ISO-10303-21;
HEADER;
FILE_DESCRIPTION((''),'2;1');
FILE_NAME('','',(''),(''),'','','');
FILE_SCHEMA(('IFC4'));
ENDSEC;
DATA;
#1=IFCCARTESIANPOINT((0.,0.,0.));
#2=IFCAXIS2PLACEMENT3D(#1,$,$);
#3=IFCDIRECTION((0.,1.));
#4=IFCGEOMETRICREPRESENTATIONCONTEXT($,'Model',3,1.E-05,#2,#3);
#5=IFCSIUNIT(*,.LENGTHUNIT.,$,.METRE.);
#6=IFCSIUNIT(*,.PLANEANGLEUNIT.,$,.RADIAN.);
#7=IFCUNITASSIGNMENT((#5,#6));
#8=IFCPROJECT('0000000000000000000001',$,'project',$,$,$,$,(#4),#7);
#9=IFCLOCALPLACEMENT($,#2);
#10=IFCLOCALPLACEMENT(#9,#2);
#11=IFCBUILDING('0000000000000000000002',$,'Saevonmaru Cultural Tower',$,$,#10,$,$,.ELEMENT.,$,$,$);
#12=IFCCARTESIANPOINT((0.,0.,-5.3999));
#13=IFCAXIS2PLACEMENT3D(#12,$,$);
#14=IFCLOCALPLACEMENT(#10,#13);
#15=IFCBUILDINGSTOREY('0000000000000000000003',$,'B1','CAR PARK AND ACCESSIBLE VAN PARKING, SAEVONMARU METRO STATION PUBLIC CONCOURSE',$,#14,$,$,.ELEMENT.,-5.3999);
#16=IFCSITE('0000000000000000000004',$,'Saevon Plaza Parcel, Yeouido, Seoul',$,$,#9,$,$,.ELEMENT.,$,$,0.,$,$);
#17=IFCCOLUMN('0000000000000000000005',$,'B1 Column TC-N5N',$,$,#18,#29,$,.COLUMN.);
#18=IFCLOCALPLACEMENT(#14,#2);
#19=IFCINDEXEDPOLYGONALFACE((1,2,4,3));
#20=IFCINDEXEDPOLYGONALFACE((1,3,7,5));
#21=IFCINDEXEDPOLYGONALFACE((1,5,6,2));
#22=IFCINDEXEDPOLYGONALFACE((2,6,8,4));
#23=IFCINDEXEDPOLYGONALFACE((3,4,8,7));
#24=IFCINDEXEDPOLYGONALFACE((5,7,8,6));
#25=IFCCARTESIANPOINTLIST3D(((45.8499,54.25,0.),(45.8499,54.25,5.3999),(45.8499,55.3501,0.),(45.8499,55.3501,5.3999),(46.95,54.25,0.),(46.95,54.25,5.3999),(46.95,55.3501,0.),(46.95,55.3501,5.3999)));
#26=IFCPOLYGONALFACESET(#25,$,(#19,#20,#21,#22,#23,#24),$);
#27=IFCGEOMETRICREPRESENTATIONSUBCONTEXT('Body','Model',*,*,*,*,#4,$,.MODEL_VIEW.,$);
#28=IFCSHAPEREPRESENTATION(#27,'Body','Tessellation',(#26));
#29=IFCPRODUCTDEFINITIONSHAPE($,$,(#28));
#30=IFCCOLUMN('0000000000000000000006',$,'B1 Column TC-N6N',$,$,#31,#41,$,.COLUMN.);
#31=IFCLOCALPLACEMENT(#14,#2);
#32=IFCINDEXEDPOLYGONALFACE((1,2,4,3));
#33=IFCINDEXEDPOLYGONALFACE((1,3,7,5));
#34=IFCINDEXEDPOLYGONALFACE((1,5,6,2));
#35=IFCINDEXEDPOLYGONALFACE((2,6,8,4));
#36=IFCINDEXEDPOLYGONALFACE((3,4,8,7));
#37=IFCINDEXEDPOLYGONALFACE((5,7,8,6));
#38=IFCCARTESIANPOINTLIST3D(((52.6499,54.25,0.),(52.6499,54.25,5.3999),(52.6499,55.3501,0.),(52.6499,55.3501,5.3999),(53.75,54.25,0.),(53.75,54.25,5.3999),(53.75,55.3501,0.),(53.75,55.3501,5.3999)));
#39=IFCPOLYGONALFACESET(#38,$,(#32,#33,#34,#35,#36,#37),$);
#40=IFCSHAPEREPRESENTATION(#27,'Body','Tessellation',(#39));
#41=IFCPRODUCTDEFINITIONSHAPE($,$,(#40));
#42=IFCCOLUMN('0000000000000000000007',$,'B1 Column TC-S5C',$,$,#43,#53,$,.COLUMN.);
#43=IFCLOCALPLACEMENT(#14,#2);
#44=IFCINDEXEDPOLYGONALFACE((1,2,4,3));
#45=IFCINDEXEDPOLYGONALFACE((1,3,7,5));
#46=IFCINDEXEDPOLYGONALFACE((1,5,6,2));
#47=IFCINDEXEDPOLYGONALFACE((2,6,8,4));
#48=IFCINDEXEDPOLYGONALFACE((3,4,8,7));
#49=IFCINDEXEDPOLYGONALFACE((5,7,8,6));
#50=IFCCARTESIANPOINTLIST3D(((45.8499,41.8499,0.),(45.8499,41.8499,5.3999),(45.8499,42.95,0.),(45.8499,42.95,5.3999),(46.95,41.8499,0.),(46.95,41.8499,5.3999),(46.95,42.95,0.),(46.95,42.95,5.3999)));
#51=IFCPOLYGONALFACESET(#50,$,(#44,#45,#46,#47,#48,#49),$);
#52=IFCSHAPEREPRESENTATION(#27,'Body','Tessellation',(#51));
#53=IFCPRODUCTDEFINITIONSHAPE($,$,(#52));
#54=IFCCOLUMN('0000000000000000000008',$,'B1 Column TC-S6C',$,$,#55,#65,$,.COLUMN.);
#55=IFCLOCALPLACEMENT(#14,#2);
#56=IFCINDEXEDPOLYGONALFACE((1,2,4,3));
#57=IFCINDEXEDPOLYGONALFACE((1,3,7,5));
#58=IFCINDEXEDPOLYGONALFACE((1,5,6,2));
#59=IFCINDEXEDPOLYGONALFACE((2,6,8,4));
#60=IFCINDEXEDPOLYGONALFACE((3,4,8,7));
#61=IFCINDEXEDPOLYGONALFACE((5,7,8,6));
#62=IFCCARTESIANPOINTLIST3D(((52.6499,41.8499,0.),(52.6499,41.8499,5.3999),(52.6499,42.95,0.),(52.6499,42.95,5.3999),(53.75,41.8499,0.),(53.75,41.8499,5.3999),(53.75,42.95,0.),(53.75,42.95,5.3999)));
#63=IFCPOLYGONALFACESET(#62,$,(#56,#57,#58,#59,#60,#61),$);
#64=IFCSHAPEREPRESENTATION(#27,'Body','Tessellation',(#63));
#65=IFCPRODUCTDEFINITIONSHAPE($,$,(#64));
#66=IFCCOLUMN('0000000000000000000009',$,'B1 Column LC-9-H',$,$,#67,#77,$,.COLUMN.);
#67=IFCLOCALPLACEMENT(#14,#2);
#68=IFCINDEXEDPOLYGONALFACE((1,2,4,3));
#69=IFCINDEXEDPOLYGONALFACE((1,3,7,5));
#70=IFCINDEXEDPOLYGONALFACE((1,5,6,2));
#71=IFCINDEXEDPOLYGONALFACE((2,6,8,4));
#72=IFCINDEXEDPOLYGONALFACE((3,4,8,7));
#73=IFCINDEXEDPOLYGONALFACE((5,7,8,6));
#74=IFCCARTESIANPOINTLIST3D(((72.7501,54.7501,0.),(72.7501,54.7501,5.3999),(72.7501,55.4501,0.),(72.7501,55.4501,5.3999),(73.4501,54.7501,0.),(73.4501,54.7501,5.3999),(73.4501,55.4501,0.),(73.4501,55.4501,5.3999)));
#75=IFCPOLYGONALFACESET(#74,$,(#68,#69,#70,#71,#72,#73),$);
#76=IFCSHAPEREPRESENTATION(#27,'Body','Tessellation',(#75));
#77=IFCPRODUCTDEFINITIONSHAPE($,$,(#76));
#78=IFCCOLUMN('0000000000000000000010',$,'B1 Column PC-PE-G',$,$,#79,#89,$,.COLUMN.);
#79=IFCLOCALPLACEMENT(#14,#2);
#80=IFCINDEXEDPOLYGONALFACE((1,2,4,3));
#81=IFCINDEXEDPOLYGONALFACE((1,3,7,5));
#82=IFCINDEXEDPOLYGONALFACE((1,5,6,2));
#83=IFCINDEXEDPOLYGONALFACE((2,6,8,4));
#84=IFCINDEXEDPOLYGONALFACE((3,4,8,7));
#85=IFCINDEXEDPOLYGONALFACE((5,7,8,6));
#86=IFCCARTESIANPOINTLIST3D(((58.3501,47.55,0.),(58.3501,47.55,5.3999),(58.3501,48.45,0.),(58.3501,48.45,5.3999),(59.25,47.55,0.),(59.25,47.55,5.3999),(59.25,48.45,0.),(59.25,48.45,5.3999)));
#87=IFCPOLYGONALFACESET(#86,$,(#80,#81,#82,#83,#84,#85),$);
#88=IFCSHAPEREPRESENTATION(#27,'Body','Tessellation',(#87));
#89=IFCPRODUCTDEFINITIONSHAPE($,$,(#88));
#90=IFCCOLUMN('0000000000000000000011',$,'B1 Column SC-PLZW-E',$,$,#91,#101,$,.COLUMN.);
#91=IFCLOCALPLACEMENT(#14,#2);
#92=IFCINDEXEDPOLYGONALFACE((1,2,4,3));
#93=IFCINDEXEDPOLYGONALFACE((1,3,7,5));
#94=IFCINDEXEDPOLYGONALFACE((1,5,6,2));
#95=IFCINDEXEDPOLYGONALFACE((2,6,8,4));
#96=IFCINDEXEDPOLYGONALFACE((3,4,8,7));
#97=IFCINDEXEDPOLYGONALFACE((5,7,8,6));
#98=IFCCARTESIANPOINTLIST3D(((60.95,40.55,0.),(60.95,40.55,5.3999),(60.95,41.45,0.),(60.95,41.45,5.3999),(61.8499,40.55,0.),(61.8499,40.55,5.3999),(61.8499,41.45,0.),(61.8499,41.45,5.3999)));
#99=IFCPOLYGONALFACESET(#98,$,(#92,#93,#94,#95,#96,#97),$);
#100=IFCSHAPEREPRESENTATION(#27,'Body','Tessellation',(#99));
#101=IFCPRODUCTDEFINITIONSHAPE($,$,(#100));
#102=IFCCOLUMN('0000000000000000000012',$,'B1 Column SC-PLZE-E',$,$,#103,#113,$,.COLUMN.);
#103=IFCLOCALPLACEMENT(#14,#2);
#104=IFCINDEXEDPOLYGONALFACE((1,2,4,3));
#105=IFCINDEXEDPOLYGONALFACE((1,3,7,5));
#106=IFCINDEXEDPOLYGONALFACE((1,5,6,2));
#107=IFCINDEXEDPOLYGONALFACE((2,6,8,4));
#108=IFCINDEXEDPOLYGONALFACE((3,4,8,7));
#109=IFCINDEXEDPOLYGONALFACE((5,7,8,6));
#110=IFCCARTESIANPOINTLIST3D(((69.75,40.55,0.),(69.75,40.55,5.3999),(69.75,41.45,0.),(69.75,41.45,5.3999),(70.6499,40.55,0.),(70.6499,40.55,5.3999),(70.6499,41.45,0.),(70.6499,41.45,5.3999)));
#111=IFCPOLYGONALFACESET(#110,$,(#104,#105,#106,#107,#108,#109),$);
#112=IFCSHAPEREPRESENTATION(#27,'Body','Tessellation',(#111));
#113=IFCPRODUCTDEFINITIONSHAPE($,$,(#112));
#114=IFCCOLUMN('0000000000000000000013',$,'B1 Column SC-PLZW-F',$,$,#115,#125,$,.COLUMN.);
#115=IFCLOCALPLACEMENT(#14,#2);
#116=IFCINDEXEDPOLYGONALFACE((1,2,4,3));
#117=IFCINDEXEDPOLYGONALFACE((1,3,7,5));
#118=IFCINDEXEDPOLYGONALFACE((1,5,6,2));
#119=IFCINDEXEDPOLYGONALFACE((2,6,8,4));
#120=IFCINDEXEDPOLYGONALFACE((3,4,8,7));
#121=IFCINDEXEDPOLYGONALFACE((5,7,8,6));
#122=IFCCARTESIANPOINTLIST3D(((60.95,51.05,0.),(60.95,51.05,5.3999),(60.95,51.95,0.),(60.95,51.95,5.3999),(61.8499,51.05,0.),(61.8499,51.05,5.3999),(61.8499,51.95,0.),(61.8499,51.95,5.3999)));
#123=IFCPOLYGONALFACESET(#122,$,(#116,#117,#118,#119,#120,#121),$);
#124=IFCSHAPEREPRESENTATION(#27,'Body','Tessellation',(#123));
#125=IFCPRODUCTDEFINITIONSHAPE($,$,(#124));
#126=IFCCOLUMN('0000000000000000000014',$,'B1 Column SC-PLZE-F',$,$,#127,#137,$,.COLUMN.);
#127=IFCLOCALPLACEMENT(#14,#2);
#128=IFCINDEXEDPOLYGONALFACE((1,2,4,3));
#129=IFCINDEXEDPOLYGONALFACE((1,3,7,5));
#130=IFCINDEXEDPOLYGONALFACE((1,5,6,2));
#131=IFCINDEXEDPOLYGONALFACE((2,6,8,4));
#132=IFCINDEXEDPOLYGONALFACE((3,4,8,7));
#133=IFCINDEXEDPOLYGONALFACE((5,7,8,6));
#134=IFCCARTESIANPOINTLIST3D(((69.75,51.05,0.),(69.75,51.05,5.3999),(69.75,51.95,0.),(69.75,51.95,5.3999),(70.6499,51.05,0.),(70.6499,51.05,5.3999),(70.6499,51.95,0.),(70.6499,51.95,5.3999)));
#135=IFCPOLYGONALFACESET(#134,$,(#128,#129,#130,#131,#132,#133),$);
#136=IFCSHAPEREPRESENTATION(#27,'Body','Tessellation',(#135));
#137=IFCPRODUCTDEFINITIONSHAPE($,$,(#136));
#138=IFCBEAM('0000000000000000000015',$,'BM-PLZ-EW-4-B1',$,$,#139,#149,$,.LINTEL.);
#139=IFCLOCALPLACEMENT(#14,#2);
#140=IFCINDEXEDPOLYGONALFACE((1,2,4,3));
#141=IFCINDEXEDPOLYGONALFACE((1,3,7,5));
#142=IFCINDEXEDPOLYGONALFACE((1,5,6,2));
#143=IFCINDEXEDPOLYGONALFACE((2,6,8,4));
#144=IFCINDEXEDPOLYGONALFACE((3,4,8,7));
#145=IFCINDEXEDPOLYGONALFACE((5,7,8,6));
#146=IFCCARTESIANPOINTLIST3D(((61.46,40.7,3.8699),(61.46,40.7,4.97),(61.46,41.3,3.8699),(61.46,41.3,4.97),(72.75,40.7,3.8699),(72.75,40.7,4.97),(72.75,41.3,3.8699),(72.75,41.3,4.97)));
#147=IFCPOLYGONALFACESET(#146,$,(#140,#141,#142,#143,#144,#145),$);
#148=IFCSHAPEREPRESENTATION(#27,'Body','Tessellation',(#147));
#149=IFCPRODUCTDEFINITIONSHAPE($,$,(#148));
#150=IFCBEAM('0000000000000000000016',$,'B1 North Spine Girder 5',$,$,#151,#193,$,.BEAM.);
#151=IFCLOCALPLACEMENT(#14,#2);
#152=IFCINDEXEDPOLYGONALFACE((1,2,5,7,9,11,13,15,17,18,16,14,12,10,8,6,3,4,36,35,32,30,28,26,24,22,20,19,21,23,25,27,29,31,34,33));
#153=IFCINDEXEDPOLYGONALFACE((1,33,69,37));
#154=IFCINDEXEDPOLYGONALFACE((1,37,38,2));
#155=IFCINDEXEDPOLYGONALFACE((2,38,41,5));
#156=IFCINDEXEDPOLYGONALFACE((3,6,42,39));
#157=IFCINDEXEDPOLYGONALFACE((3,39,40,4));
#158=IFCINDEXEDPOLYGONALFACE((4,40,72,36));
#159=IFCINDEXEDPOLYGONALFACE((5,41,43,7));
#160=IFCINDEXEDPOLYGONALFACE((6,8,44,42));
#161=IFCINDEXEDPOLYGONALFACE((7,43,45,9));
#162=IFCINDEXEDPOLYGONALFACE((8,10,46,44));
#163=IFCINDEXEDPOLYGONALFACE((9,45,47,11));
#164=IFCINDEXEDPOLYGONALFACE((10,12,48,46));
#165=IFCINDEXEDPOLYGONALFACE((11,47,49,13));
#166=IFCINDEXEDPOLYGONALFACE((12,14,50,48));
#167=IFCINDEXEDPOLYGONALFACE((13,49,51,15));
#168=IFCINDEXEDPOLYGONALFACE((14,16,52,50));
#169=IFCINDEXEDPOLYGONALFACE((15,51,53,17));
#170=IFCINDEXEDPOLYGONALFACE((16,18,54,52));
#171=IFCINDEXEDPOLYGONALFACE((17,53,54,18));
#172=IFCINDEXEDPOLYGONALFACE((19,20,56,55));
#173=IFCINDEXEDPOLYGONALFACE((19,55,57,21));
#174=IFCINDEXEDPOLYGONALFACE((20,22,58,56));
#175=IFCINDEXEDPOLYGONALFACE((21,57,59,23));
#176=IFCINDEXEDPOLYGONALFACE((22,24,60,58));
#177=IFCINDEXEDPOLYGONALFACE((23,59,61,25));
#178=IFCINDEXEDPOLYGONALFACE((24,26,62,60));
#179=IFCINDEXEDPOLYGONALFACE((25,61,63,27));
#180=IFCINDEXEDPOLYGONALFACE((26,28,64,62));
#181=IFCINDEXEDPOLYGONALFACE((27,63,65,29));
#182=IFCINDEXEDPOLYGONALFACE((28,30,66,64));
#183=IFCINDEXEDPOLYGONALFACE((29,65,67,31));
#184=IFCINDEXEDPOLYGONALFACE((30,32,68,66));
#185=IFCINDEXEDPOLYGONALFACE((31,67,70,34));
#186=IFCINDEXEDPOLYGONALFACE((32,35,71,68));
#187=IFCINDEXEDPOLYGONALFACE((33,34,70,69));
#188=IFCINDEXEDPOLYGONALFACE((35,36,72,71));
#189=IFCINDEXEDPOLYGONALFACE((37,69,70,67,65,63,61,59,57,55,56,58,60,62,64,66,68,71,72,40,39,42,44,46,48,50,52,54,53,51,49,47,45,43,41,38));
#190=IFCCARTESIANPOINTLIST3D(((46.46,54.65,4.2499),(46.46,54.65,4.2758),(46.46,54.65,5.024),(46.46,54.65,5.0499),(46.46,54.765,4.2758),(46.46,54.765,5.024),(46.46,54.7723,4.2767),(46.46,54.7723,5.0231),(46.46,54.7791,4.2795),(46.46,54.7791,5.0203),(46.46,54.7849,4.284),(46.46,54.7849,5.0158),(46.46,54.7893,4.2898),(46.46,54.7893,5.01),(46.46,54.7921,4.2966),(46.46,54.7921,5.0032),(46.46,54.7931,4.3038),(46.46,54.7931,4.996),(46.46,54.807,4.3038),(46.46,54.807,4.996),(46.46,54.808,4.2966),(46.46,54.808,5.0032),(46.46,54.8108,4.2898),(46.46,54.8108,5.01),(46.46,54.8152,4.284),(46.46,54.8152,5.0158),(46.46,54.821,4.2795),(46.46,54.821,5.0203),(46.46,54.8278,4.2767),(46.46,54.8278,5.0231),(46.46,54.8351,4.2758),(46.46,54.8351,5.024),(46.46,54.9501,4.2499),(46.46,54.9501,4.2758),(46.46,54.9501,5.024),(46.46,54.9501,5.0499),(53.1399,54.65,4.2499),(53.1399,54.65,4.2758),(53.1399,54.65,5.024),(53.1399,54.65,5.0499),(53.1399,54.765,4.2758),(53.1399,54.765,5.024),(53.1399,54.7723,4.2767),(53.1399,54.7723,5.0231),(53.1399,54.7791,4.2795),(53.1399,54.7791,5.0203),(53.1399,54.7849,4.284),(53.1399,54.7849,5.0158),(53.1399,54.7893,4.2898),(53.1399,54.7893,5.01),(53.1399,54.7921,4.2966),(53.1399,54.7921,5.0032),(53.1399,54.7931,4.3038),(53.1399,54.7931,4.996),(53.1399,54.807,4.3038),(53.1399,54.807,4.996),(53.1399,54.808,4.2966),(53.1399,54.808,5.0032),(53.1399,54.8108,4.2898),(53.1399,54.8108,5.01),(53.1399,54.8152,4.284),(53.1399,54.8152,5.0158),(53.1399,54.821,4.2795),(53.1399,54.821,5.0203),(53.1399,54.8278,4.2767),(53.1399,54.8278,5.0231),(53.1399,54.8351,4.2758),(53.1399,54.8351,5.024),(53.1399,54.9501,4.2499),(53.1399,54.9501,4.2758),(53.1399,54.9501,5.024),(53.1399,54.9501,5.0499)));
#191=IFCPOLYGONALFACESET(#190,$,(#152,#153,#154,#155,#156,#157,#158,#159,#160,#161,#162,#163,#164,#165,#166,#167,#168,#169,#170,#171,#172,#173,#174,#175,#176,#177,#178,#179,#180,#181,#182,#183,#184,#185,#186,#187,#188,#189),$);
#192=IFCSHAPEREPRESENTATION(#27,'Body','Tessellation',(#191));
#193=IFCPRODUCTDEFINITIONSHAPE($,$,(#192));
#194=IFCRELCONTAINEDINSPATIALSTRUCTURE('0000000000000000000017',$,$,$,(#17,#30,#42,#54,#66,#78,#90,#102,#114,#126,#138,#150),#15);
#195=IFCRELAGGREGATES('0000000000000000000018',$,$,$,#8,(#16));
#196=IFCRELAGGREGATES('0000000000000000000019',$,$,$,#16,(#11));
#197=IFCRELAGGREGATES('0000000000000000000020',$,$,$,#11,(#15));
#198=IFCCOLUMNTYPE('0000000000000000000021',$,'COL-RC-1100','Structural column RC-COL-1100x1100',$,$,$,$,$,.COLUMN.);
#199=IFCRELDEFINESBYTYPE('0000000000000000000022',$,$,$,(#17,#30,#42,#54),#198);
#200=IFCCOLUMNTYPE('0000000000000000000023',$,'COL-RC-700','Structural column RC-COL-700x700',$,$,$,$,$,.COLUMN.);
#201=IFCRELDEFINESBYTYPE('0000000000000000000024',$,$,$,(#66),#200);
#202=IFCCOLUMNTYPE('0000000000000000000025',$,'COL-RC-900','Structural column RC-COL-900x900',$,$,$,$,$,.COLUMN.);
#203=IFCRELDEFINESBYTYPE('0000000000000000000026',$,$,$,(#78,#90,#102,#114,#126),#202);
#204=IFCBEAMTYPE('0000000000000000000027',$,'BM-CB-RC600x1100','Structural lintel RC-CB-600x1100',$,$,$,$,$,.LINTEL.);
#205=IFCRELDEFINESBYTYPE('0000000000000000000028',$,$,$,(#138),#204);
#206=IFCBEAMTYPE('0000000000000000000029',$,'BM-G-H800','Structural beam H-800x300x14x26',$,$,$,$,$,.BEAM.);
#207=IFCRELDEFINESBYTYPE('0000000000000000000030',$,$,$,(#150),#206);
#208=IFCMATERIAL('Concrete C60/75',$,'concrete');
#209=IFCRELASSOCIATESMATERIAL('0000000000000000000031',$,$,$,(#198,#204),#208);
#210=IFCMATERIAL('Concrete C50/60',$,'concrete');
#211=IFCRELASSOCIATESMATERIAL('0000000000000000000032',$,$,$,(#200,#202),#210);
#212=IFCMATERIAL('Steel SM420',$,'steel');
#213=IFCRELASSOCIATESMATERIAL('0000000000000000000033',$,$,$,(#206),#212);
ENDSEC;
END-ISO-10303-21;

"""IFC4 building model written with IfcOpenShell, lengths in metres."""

from ifc_helpers import new_model, si_unit, direction, frame, origin, origin_2d, place, context, subcontext, project, spatial, rectangle, i_section, extrude, material, material_profile, profile_set, type_object, element, save


model = new_model("IFC4")

# Units and contexts
model_context = context("Model", 3, precision=1e-05, world=origin(), true_north=direction((0.0, 1.0)))
body_context = subcontext(model_context, "Body", "Model", "MODEL_VIEW")
ifc_project = project(units=[si_unit("LENGTHUNIT", "METRE"), si_unit("PLANEANGLEUNIT", "RADIAN")], contexts=[model_context])

# Site, building, storey
site_placement = place(None, origin())
site = spatial("IfcSite", under=ifc_project, at=site_placement, Name="Saevon Plaza Parcel, Yeouido, Seoul", CompositionType="ELEMENT", RefElevation=0.0)
building_placement = place(site_placement, origin())
building = spatial("IfcBuilding", under=site, at=building_placement, Name="Saevonmaru Cultural Tower", CompositionType="ELEMENT")
storey_placement = place(building_placement, frame((0.0, 0.0, -5.3999)))
storey = spatial("IfcBuildingStorey", under=building, at=storey_placement, Name="B1", Description="CAR PARK AND ACCESSIBLE VAN PARKING, SAEVONMARU METRO STATION PUBLIC CONCOURSE", CompositionType="ELEMENT", Elevation=-5.3999)

# Columns
ifc_material_1 = material(Name="Concrete C60/75", Category="concrete")
ifc_material_profile_1 = material_profile(ifc_material_1, rectangle(XDim=1.1001, YDim=1.1001, at=origin_2d()), Name="RC-COL-1100x1100")
ifc_profile_set_1 = profile_set([ifc_material_profile_1], Name="Concrete C60/75")
column_type_1 = type_object("IfcColumnType", Name="COL-RC-1100", Description="Structural column RC-COL-1100x1100", PredefinedType="COLUMN", material=ifc_profile_set_1)
for number, where, z_axis, x_axis, name in (
    (1, (46.3999, 54.8, 0.0), (0.0, 0.0, 1.0), (1.0, 0.0, 0.0), "B1 Column TC-N5N"),
    (2, (53.2, 54.8, 0.0), (0.0, 0.0, 1.0), (1.0, 0.0, 0.0), "B1 Column TC-N6N"),
    (3, (46.3999, 42.3999, 0.0), (0.0, 0.0, 1.0), (1.0, 0.0, 0.0), "B1 Column TC-S5C"),
    (4, (53.2, 42.3999, 0.0), (0.0, 0.0, 1.0), (1.0, 0.0, 0.0), "B1 Column TC-S6C"),
):
    element("IfcColumn", number, at=place(storey_placement, frame(where, z_axis=z_axis, x_axis=x_axis)), inside=storey, type_object=column_type_1, Name=name, PredefinedType="COLUMN", context=body_context, shape_type="SweptSolid", body=[
        extrude(rectangle(XDim=1.1001, YDim=1.1001, at=origin_2d()), origin(), (0.0, 0.0, 1.0), 5.3999),
    ])
ifc_material_2 = material(Name="Concrete C50/60", Category="concrete")
ifc_material_profile_2 = material_profile(ifc_material_2, rectangle(XDim=0.7, YDim=0.7, at=origin_2d()), Name="RC-COL-700x700")
ifc_profile_set_2 = profile_set([ifc_material_profile_2], Name="Concrete C50/60")
column_type_2 = type_object("IfcColumnType", Name="COL-RC-700", Description="Structural column RC-COL-700x700", PredefinedType="COLUMN", material=ifc_profile_set_2)
column_placement = place(storey_placement, frame((73.1001, 55.1001, 0.0), z_axis=(0.0, 0.0, 1.0), x_axis=(1.0, 0.0, 0.0)))
element("IfcColumn", 5, at=column_placement, inside=storey, type_object=column_type_2, Name="B1 Column LC-9-H", PredefinedType="COLUMN", context=body_context, shape_type="SweptSolid", body=[
    extrude(rectangle(XDim=0.7, YDim=0.7, at=origin_2d()), origin(), (0.0, 0.0, 1.0), 5.3999),
])
ifc_material_profile_3 = material_profile(ifc_material_2, rectangle(XDim=0.8999, YDim=0.8999, at=origin_2d()), Name="RC-COL-900x900")
ifc_profile_set_3 = profile_set([ifc_material_profile_3], Name="Concrete C50/60")
column_type_3 = type_object("IfcColumnType", Name="COL-RC-900", Description="Structural column RC-COL-900x900", PredefinedType="COLUMN", material=ifc_profile_set_3)
for number, where, z_axis, x_axis, name in (
    (6, (58.8, 48.0, 0.0), (0.0, 0.0, 1.0), (1.0, 0.0, 0.0), "B1 Column PC-PE-G"),
    (7, (61.3999, 41.0, 0.0), (0.0, 0.0, 1.0), (1.0, 0.0, 0.0), "B1 Column SC-PLZW-E"),
    (8, (70.2, 41.0, 0.0), (0.0, 0.0, 1.0), (1.0, 0.0, 0.0), "B1 Column SC-PLZE-E"),
    (9, (61.3999, 51.5, 0.0), (0.0, 0.0, 1.0), (1.0, 0.0, 0.0), "B1 Column SC-PLZW-F"),
    (10, (70.2, 51.5, 0.0), (0.0, 0.0, 1.0), (1.0, 0.0, 0.0), "B1 Column SC-PLZE-F"),
):
    element("IfcColumn", number, at=place(storey_placement, frame(where, z_axis=z_axis, x_axis=x_axis)), inside=storey, type_object=column_type_3, Name=name, PredefinedType="COLUMN", context=body_context, shape_type="SweptSolid", body=[
        extrude(rectangle(XDim=0.8999, YDim=0.8999, at=origin_2d()), origin(), (0.0, 0.0, 1.0), 5.3999),
    ])

# Beams
ifc_material_profile_4 = material_profile(ifc_material_1, rectangle(XDim=0.6001, YDim=1.1001, at=origin_2d()), Name="RC-CB-600x1100")
ifc_profile_set_4 = profile_set([ifc_material_profile_4], Name="Concrete C60/75")
beam_type_1 = type_object("IfcBeamType", Name="BM-CB-RC600x1100", Description="Structural lintel RC-CB-600x1100", PredefinedType="LINTEL", material=ifc_profile_set_4)
beam_1_placement = place(storey_placement, frame((61.46, 41.0, 4.4199), z_axis=(1.0, 0.0, 0.0), x_axis=(0.0, 1.0, 0.0)))
element("IfcBeam", 11, at=beam_1_placement, inside=storey, type_object=beam_type_1, Name="BM-PLZ-EW-4-B1", PredefinedType="LINTEL", context=body_context, shape_type="SweptSolid", body=[
    extrude(rectangle(XDim=0.6001, YDim=1.1001, at=origin_2d()), origin(), (0.0, 0.0, 1.0), 11.29),
])
ifc_material_3 = material(Name="Steel SM420", Category="steel")
ifc_material_profile_5 = material_profile(ifc_material_3, i_section(OverallWidth=0.3, OverallDepth=0.8, WebThickness=0.0139, FlangeThickness=0.0259, FilletRadius=0.0281, at=origin_2d()), Name="H-800x300x14x26")
ifc_profile_set_5 = profile_set([ifc_material_profile_5], Name="Steel SM420")
beam_type_2 = type_object("IfcBeamType", Name="BM-G-H800", Description="Structural beam H-800x300x14x26", PredefinedType="BEAM", material=ifc_profile_set_5)
for number, where, z_axis, x_axis, name in (
    (12, (46.46, 54.8, 4.6499), (1.0, 0.0, 0.0), (0.0, 1.0, 0.0), "B1 North Spine Girder 5"),
):
    element("IfcBeam", number, at=place(storey_placement, frame(where, z_axis=z_axis, x_axis=x_axis)), inside=storey, type_object=beam_type_2, Name=name, PredefinedType="BEAM", context=body_context, shape_type="SweptSolid", body=[
        extrude(i_section(OverallWidth=0.3, OverallDepth=0.8, WebThickness=0.0139, FlangeThickness=0.0259, FilletRadius=0.0281, at=origin_2d()), origin(), (0.0, 0.0, 1.0), 6.6799),
    ])

save(model, "model.ifc")
